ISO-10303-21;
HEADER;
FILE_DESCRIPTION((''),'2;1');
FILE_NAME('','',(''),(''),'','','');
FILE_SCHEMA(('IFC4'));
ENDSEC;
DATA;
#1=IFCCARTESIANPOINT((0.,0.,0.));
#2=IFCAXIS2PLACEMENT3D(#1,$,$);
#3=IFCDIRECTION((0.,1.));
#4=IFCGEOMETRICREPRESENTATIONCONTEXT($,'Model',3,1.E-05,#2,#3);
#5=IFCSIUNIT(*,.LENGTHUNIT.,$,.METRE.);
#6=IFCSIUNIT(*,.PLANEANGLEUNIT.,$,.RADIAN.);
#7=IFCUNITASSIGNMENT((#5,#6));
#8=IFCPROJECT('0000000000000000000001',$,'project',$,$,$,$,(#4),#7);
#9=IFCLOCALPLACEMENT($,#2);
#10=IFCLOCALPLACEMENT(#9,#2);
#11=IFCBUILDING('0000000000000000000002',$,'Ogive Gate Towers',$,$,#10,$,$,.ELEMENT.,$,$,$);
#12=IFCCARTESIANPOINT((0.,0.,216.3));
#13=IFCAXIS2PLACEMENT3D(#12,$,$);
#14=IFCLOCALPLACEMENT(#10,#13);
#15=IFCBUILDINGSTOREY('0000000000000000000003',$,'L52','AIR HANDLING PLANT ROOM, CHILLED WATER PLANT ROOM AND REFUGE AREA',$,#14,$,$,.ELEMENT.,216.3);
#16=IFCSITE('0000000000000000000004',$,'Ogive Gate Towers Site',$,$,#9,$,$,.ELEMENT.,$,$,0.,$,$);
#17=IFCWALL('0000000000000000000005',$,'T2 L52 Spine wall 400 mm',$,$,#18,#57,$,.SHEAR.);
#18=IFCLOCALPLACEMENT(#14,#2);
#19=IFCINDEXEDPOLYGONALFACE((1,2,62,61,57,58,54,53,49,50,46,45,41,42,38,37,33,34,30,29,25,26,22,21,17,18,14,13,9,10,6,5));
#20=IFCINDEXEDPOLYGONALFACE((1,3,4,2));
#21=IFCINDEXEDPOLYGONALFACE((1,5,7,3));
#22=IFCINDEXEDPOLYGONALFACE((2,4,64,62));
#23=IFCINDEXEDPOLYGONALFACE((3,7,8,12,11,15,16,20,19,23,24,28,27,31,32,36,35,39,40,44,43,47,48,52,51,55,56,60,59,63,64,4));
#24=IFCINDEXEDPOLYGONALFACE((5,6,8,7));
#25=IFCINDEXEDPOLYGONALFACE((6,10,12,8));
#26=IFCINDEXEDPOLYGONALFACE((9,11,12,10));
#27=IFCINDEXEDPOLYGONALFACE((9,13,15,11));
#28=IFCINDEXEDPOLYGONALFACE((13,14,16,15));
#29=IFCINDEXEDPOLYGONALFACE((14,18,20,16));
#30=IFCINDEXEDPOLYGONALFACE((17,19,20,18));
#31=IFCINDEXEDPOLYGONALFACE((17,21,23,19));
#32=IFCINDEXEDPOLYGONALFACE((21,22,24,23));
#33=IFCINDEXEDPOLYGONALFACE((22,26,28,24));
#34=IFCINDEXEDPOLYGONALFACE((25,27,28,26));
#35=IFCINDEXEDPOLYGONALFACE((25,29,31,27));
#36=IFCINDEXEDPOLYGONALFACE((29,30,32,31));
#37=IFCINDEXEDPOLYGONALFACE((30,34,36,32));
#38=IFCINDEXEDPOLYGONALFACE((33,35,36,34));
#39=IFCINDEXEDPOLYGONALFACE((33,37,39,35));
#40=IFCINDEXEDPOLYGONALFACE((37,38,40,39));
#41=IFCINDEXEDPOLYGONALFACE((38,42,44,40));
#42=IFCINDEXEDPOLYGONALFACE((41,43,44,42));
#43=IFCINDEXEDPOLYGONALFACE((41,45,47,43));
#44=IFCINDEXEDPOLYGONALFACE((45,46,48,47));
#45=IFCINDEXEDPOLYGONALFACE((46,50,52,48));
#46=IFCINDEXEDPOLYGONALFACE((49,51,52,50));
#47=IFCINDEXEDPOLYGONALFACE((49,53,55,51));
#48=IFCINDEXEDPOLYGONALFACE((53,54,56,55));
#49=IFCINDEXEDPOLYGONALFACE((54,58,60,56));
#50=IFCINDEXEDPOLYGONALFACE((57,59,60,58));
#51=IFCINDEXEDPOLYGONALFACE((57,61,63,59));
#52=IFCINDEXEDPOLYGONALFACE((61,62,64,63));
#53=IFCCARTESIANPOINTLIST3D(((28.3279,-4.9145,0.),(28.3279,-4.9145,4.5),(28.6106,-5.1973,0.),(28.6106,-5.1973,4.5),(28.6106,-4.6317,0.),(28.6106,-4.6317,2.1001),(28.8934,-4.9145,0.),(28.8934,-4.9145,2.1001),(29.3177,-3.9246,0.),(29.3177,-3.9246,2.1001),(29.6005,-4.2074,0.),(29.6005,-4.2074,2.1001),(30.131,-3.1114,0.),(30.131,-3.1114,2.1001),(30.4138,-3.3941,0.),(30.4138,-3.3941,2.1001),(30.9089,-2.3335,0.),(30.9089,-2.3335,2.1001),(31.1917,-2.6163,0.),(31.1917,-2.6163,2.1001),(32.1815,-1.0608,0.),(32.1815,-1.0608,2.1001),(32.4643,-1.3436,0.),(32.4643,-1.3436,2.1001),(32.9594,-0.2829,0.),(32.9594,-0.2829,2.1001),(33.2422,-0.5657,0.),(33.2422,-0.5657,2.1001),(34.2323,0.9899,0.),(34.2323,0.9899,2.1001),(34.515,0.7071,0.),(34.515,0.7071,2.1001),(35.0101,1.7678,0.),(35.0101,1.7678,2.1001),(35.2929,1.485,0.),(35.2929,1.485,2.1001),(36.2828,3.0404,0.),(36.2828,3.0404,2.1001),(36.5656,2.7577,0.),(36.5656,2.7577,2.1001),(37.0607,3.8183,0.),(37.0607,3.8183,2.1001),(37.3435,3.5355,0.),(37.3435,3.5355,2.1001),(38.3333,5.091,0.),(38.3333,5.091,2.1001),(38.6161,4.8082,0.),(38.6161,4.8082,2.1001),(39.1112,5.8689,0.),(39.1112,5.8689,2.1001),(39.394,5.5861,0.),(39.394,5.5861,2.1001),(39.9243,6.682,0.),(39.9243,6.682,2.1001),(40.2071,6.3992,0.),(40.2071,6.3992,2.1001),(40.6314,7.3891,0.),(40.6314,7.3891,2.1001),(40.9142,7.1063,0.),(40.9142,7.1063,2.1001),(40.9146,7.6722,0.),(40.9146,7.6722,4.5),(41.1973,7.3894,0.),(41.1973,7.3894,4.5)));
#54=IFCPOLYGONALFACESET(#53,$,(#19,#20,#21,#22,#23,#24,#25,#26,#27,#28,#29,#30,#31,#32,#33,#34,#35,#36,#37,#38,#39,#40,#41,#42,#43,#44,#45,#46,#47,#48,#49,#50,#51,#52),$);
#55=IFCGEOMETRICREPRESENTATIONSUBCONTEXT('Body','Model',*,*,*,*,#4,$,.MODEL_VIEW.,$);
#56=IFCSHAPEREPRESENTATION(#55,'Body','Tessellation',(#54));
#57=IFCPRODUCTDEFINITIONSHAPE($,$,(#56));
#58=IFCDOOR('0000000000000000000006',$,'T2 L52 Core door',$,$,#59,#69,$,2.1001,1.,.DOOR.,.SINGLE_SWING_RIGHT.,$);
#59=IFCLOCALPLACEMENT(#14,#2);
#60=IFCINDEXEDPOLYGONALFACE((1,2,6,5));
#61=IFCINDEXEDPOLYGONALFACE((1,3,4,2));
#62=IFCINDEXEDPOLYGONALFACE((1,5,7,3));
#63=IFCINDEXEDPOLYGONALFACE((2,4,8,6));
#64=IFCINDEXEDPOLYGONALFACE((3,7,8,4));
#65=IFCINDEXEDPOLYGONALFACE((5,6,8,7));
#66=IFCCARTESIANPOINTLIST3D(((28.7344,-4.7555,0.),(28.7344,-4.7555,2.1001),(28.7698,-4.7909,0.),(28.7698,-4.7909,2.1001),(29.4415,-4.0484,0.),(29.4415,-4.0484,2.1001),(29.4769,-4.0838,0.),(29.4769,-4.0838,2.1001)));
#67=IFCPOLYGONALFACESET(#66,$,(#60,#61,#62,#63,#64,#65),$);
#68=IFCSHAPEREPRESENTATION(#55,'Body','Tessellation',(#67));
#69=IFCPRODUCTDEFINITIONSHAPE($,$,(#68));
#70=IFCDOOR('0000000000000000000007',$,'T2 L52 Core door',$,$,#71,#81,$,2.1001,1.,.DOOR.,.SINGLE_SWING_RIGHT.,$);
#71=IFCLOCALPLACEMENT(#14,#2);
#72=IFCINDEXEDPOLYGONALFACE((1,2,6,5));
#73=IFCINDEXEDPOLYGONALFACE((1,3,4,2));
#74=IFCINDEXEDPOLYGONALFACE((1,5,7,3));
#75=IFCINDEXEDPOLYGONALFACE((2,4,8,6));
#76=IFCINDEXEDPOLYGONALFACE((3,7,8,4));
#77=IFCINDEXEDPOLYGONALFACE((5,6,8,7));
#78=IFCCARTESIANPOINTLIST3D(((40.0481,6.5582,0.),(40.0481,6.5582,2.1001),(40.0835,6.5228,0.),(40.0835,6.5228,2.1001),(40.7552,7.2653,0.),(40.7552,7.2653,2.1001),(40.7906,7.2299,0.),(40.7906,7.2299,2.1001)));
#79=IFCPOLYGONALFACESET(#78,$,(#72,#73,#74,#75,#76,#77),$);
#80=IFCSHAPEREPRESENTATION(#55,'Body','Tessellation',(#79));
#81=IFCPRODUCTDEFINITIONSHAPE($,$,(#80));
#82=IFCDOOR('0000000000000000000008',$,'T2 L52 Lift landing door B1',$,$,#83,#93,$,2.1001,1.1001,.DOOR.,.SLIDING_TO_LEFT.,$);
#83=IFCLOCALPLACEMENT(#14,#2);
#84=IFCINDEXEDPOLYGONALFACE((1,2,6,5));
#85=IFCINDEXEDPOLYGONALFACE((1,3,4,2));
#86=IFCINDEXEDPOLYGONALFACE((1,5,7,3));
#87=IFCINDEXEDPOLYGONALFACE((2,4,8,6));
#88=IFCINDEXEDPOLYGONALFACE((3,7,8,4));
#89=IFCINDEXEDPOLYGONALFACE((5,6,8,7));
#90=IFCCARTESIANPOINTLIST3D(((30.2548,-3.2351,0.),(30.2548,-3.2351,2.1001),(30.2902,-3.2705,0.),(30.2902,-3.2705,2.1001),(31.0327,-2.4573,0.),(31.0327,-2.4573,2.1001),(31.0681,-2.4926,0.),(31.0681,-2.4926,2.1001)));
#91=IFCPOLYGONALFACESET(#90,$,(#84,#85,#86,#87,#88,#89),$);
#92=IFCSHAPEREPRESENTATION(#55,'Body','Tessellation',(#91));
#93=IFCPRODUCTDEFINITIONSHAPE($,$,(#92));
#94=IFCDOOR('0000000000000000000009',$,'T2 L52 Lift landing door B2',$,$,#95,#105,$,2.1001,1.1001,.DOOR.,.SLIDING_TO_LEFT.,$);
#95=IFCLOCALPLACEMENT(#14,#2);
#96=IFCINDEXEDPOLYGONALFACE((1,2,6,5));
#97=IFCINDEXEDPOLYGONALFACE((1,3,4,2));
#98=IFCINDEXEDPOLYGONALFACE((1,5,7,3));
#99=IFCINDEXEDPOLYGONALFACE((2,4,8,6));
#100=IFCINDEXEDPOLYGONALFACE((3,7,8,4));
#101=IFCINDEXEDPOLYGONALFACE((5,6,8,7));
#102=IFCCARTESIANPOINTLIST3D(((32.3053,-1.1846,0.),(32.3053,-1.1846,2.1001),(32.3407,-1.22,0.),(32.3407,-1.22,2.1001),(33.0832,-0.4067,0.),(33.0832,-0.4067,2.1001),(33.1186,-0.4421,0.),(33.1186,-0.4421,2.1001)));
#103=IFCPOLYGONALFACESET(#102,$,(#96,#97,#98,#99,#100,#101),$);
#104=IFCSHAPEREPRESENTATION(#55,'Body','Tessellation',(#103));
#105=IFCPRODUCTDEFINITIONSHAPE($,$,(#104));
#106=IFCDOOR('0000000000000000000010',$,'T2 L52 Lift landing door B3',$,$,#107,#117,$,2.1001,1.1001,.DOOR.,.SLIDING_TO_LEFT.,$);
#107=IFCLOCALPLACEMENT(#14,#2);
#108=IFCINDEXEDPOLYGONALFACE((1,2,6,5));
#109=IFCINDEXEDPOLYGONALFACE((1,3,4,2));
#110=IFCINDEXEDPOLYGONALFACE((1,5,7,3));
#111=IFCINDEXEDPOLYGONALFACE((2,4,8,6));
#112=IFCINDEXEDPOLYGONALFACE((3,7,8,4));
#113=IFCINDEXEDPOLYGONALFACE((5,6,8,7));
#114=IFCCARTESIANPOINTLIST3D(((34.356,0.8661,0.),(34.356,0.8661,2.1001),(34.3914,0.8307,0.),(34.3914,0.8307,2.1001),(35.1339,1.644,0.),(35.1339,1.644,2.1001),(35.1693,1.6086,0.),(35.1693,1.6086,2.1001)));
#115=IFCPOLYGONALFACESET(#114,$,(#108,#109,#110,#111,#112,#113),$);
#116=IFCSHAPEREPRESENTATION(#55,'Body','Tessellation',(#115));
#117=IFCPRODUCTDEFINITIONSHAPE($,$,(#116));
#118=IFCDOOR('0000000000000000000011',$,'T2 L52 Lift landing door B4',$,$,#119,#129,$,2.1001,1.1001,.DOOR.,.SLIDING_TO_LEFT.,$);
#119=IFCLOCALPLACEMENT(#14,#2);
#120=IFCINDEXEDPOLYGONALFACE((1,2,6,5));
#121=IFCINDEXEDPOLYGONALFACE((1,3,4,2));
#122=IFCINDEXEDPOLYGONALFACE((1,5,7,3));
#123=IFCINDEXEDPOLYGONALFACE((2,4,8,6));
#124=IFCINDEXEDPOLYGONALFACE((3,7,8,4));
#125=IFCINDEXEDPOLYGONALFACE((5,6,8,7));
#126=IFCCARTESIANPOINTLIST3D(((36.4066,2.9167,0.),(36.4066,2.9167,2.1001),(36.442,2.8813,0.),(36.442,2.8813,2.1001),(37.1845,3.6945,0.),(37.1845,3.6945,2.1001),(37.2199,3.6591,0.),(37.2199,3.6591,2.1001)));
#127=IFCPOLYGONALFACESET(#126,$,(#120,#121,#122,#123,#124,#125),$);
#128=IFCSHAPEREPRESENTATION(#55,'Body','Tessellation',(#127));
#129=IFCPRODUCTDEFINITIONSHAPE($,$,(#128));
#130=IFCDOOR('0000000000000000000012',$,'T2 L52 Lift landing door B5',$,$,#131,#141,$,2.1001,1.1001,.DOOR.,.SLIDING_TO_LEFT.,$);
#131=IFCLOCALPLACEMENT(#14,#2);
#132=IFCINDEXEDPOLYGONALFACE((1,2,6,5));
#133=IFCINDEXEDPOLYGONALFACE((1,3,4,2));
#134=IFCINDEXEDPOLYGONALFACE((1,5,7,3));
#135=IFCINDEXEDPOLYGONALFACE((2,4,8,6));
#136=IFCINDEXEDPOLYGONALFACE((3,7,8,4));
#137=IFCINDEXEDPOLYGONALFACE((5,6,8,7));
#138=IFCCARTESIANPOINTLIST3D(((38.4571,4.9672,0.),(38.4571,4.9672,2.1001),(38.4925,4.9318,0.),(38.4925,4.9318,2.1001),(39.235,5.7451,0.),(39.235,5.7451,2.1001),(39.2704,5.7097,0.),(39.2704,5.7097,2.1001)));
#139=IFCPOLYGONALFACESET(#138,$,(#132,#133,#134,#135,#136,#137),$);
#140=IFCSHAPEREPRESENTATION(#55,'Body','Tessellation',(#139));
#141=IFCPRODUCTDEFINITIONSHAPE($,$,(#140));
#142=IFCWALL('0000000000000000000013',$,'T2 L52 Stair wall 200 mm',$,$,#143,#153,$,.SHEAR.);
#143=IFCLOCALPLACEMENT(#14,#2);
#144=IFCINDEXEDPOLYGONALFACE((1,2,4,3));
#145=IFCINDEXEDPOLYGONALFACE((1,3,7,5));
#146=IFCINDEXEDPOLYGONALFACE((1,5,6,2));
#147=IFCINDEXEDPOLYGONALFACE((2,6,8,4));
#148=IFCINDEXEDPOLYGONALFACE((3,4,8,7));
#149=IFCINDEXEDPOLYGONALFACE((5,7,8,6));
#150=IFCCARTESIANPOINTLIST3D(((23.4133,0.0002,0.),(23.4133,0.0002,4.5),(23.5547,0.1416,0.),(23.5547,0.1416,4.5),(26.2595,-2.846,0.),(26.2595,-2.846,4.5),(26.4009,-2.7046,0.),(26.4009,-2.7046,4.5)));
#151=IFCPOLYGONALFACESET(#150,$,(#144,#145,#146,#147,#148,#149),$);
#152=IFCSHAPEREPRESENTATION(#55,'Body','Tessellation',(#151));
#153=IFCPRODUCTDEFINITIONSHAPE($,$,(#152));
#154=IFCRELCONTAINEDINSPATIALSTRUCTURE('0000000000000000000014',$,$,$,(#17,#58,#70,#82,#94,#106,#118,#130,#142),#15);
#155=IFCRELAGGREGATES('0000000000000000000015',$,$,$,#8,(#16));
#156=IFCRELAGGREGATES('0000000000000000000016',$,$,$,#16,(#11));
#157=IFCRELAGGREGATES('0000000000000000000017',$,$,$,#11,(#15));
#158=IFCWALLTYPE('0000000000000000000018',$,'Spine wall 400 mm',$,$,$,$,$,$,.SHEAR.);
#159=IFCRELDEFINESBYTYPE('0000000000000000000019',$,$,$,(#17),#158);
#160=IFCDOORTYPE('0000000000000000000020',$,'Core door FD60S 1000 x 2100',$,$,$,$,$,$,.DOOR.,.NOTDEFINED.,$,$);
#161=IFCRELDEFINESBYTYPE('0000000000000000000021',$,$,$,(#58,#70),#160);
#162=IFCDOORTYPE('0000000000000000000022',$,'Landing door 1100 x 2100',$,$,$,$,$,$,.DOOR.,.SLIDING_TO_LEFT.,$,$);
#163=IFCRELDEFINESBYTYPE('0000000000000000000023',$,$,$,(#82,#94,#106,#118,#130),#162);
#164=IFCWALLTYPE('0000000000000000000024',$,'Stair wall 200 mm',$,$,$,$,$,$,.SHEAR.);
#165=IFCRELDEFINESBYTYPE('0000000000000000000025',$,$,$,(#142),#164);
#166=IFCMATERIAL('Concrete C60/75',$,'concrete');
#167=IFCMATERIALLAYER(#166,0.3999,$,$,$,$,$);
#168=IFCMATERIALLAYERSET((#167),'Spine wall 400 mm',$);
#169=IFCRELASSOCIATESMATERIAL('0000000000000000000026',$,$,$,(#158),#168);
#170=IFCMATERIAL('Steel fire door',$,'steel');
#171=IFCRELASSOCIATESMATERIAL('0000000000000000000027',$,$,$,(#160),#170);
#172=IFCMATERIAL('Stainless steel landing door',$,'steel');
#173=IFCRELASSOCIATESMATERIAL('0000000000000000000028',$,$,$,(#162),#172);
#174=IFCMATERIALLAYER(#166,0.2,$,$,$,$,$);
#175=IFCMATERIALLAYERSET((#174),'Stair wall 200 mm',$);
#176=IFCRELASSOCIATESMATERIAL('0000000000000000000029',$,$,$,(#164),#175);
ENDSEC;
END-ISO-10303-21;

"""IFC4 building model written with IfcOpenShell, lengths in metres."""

from ifc_helpers import new_model, si_unit, direction, frame, frame_2d, origin, place, context, subcontext, project, spatial, rectangle, extrude, material, layer, layer_set, type_object, element, fill, save


model = new_model("IFC4")

# Units and contexts
model_context = context("Model", 3, precision=1e-05, world=origin(), true_north=direction((0.0, 1.0)))
body_context = subcontext(model_context, "Body", "Model", "MODEL_VIEW")
ifc_project = project(units=[si_unit("LENGTHUNIT", "METRE"), si_unit("PLANEANGLEUNIT", "RADIAN")], contexts=[model_context])

# Site, building, storey
site_placement = place(None, origin())
site = spatial("IfcSite", under=ifc_project, at=site_placement, Name="Ogive Gate Towers Site", CompositionType="ELEMENT", RefElevation=0.0)
building_placement = place(site_placement, origin())
building = spatial("IfcBuilding", under=site, at=building_placement, Name="Ogive Gate Towers", CompositionType="ELEMENT")
storey_placement = place(building_placement, frame((0.0, 0.0, 216.3)))
storey = spatial("IfcBuildingStorey", under=building, at=storey_placement, Name="L52", Description="AIR HANDLING PLANT ROOM, CHILLED WATER PLANT ROOM AND REFUGE AREA", CompositionType="ELEMENT", Elevation=216.3)

# Shared definitions
ifc_material_1 = material(Name="Concrete C60/75", Category="concrete")

# Wall, openings, doors
ifc_layer_1 = layer(ifc_material_1, 0.3999)
ifc_layer_set_1 = layer_set([ifc_layer_1], Name="Spine wall 400 mm")
wall_type_1 = type_object("IfcWallType", Name="Spine wall 400 mm", PredefinedType="SHEAR", material=ifc_layer_set_1)
ifc_material_2 = material(Name="Steel fire door", Category="steel")
door_type_1 = type_object("IfcDoorType", Name="Core door FD60S 1000 x 2100", OperationType="NOTDEFINED", PredefinedType="DOOR", material=ifc_material_2)
ifc_material_3 = material(Name="Stainless steel landing door", Category="steel")
door_type_2 = type_object("IfcDoorType", Name="Landing door 1100 x 2100", OperationType="SLIDING_TO_LEFT", PredefinedType="DOOR", material=ifc_material_3)
wall_1_placement = place(storey_placement, frame((28.4692, -5.0559, 0.0), z_axis=(0.0, 0.0, 1.0), x_axis=(0.707107, 0.707107, 0.0)))
wall_1 = element("IfcWall", 1, at=wall_1_placement, inside=storey, type_object=wall_type_1, Name="T2 L52 Spine wall 400 mm", PredefinedType="SHEAR", context=body_context, shape_type="SweptSolid", body=[
    extrude(rectangle(XDim=17.8003, YDim=0.3999, at=frame_2d((8.9001, 0.0))), origin(), (0.0, 0.0, 1.0), 4.5),
])
opening_1_placement = place(wall_1_placement, frame((0.3999, 0.0, 0.0)))
opening_1 = element("IfcOpeningElement", 2, at=opening_1_placement, cuts=wall_1, PredefinedType="OPENING", context=body_context, shape_type="SweptSolid", body=[
    extrude(rectangle(XDim=1.0, YDim=2.1001, at=frame_2d((0.5, 1.05))), frame((0.0, 0.21, 0.0), z_axis=(0.0, -1.0, 0.0), x_axis=(1.0, 0.0, 0.0)), (0.0, 0.0, 1.0), 0.4199),
])
opening_2_placement = place(wall_1_placement, frame((2.55, 0.0, 0.0)))
opening_2 = element("IfcOpeningElement", 3, at=opening_2_placement, cuts=wall_1, PredefinedType="OPENING", context=body_context, shape_type="SweptSolid", body=[
    extrude(rectangle(XDim=1.1001, YDim=2.1001, at=frame_2d((0.55, 1.05))), frame((0.0, 0.21, 0.0), z_axis=(0.0, -1.0, 0.0), x_axis=(1.0, 0.0, 0.0)), (0.0, 0.0, 1.0), 0.4199),
])
opening_3_placement = place(wall_1_placement, frame((5.45, 0.0, 0.0)))
opening_3 = element("IfcOpeningElement", 4, at=opening_3_placement, cuts=wall_1, PredefinedType="OPENING", context=body_context, shape_type="SweptSolid", body=[
    extrude(rectangle(XDim=1.1001, YDim=2.1001, at=frame_2d((0.55, 1.05))), frame((0.0, 0.21, 0.0), z_axis=(0.0, -1.0, 0.0), x_axis=(1.0, 0.0, 0.0)), (0.0, 0.0, 1.0), 0.4199),
])
opening_4_placement = place(wall_1_placement, frame((8.3501, 0.0, 0.0)))
opening_4 = element("IfcOpeningElement", 5, at=opening_4_placement, cuts=wall_1, PredefinedType="OPENING", context=body_context, shape_type="SweptSolid", body=[
    extrude(rectangle(XDim=1.1001, YDim=2.1001, at=frame_2d((0.55, 1.05))), frame((0.0, 0.21, 0.0), z_axis=(0.0, -1.0, 0.0), x_axis=(1.0, 0.0, 0.0)), (0.0, 0.0, 1.0), 0.4199),
])
opening_5_placement = place(wall_1_placement, frame((11.25, 0.0, 0.0)))
opening_5 = element("IfcOpeningElement", 6, at=opening_5_placement, cuts=wall_1, PredefinedType="OPENING", context=body_context, shape_type="SweptSolid", body=[
    extrude(rectangle(XDim=1.1001, YDim=2.1001, at=frame_2d((0.55, 1.05))), frame((0.0, 0.21, 0.0), z_axis=(0.0, -1.0, 0.0), x_axis=(1.0, 0.0, 0.0)), (0.0, 0.0, 1.0), 0.4199),
])
opening_6_placement = place(wall_1_placement, frame((14.1499, 0.0, 0.0)))
opening_6 = element("IfcOpeningElement", 7, at=opening_6_placement, cuts=wall_1, PredefinedType="OPENING", context=body_context, shape_type="SweptSolid", body=[
    extrude(rectangle(XDim=1.1001, YDim=2.1001, at=frame_2d((0.55, 1.05))), frame((0.0, 0.21, 0.0), z_axis=(0.0, -1.0, 0.0), x_axis=(1.0, 0.0, 0.0)), (0.0, 0.0, 1.0), 0.4199),
])
opening_7_placement = place(wall_1_placement, frame((16.3999, 0.0, 0.0)))
opening_7 = element("IfcOpeningElement", 8, at=opening_7_placement, cuts=wall_1, PredefinedType="OPENING", context=body_context, shape_type="SweptSolid", body=[
    extrude(rectangle(XDim=1.0, YDim=2.1001, at=frame_2d((0.5, 1.05))), frame((0.0, 0.21, 0.0), z_axis=(0.0, -1.0, 0.0), x_axis=(1.0, 0.0, 0.0)), (0.0, 0.0, 1.0), 0.4199),
])
door_1_placement = place(opening_1_placement, origin())
door_1 = element("IfcDoor", 9, at=door_1_placement, inside=storey, type_object=door_type_1, Name="T2 L52 Core door", OperationType="SINGLE_SWING_RIGHT", OverallHeight=2.1001, OverallWidth=1.0, PredefinedType="DOOR", context=body_context, shape_type="SweptSolid", body=[
    extrude(rectangle(XDim=1.0, YDim=2.1001, at=frame_2d((0.5, 1.05))), frame((0.0, 0.0249, 0.0), z_axis=(0.0, -1.0, 0.0), x_axis=(1.0, 0.0, 0.0)), (0.0, 0.0, 1.0), 0.05),
])
fill(opening_1, door_1)
door_2_placement = place(opening_7_placement, origin())
door_2 = element("IfcDoor", 10, at=door_2_placement, inside=storey, type_object=door_type_1, Name="T2 L52 Core door", OperationType="SINGLE_SWING_RIGHT", OverallHeight=2.1001, OverallWidth=1.0, PredefinedType="DOOR", context=body_context, shape_type="SweptSolid", body=[
    extrude(rectangle(XDim=1.0, YDim=2.1001, at=frame_2d((0.5, 1.05))), frame((0.0, 0.0249, 0.0), z_axis=(0.0, -1.0, 0.0), x_axis=(1.0, 0.0, 0.0)), (0.0, 0.0, 1.0), 0.05),
])
fill(opening_7, door_2)
door_3_placement = place(opening_2_placement, origin())
door_3 = element("IfcDoor", 11, at=door_3_placement, inside=storey, type_object=door_type_2, Name="T2 L52 Lift landing door B1", OperationType="SLIDING_TO_LEFT", OverallHeight=2.1001, OverallWidth=1.1001, PredefinedType="DOOR", context=body_context, shape_type="SweptSolid", body=[
    extrude(rectangle(XDim=1.1001, YDim=2.1001, at=frame_2d((0.55, 1.05))), frame((0.0, 0.0249, 0.0), z_axis=(0.0, -1.0, 0.0), x_axis=(1.0, 0.0, 0.0)), (0.0, 0.0, 1.0), 0.05),
])
fill(opening_2, door_3)
door_4_placement = place(opening_3_placement, origin())
door_4 = element("IfcDoor", 12, at=door_4_placement, inside=storey, type_object=door_type_2, Name="T2 L52 Lift landing door B2", OperationType="SLIDING_TO_LEFT", OverallHeight=2.1001, OverallWidth=1.1001, PredefinedType="DOOR", context=body_context, shape_type="SweptSolid", body=[
    extrude(rectangle(XDim=1.1001, YDim=2.1001, at=frame_2d((0.55, 1.05))), frame((0.0, 0.0249, 0.0), z_axis=(0.0, -1.0, 0.0), x_axis=(1.0, 0.0, 0.0)), (0.0, 0.0, 1.0), 0.05),
])
fill(opening_3, door_4)
door_5_placement = place(opening_4_placement, origin())
door_5 = element("IfcDoor", 13, at=door_5_placement, inside=storey, type_object=door_type_2, Name="T2 L52 Lift landing door B3", OperationType="SLIDING_TO_LEFT", OverallHeight=2.1001, OverallWidth=1.1001, PredefinedType="DOOR", context=body_context, shape_type="SweptSolid", body=[
    extrude(rectangle(XDim=1.1001, YDim=2.1001, at=frame_2d((0.55, 1.05))), frame((0.0, 0.0249, 0.0), z_axis=(0.0, -1.0, 0.0), x_axis=(1.0, 0.0, 0.0)), (0.0, 0.0, 1.0), 0.05),
])
fill(opening_4, door_5)
door_6_placement = place(opening_5_placement, origin())
door_6 = element("IfcDoor", 14, at=door_6_placement, inside=storey, type_object=door_type_2, Name="T2 L52 Lift landing door B4", OperationType="SLIDING_TO_LEFT", OverallHeight=2.1001, OverallWidth=1.1001, PredefinedType="DOOR", context=body_context, shape_type="SweptSolid", body=[
    extrude(rectangle(XDim=1.1001, YDim=2.1001, at=frame_2d((0.55, 1.05))), frame((0.0, 0.0249, 0.0), z_axis=(0.0, -1.0, 0.0), x_axis=(1.0, 0.0, 0.0)), (0.0, 0.0, 1.0), 0.05),
])
fill(opening_5, door_6)
door_7_placement = place(opening_6_placement, origin())
door_7 = element("IfcDoor", 15, at=door_7_placement, inside=storey, type_object=door_type_2, Name="T2 L52 Lift landing door B5", OperationType="SLIDING_TO_LEFT", OverallHeight=2.1001, OverallWidth=1.1001, PredefinedType="DOOR", context=body_context, shape_type="SweptSolid", body=[
    extrude(rectangle(XDim=1.1001, YDim=2.1001, at=frame_2d((0.55, 1.05))), frame((0.0, 0.0249, 0.0), z_axis=(0.0, -1.0, 0.0), x_axis=(1.0, 0.0, 0.0)), (0.0, 0.0, 1.0), 0.05),
])
fill(opening_6, door_7)

# Wall
ifc_layer_2 = layer(ifc_material_1, 0.2)
ifc_layer_set_2 = layer_set([ifc_layer_2], Name="Stair wall 200 mm")
wall_type_2 = type_object("IfcWallType", Name="Stair wall 200 mm", PredefinedType="SHEAR", material=ifc_layer_set_2)
wall_2_placement = place(storey_placement, frame((26.3303, -2.7754, 0.0), z_axis=(0.0, 0.0, 1.0), x_axis=(-0.707107, 0.707107, 0.0)))
element("IfcWall", 16, at=wall_2_placement, inside=storey, type_object=wall_type_2, Name="T2 L52 Stair wall 200 mm", PredefinedType="SHEAR", context=body_context, shape_type="SweptSolid", body=[
    extrude(rectangle(XDim=4.0251, YDim=0.2, at=frame_2d((2.0127, 0.0))), origin(), (0.0, 0.0, 1.0), 4.5),
])

save(model, "model.ifc")
